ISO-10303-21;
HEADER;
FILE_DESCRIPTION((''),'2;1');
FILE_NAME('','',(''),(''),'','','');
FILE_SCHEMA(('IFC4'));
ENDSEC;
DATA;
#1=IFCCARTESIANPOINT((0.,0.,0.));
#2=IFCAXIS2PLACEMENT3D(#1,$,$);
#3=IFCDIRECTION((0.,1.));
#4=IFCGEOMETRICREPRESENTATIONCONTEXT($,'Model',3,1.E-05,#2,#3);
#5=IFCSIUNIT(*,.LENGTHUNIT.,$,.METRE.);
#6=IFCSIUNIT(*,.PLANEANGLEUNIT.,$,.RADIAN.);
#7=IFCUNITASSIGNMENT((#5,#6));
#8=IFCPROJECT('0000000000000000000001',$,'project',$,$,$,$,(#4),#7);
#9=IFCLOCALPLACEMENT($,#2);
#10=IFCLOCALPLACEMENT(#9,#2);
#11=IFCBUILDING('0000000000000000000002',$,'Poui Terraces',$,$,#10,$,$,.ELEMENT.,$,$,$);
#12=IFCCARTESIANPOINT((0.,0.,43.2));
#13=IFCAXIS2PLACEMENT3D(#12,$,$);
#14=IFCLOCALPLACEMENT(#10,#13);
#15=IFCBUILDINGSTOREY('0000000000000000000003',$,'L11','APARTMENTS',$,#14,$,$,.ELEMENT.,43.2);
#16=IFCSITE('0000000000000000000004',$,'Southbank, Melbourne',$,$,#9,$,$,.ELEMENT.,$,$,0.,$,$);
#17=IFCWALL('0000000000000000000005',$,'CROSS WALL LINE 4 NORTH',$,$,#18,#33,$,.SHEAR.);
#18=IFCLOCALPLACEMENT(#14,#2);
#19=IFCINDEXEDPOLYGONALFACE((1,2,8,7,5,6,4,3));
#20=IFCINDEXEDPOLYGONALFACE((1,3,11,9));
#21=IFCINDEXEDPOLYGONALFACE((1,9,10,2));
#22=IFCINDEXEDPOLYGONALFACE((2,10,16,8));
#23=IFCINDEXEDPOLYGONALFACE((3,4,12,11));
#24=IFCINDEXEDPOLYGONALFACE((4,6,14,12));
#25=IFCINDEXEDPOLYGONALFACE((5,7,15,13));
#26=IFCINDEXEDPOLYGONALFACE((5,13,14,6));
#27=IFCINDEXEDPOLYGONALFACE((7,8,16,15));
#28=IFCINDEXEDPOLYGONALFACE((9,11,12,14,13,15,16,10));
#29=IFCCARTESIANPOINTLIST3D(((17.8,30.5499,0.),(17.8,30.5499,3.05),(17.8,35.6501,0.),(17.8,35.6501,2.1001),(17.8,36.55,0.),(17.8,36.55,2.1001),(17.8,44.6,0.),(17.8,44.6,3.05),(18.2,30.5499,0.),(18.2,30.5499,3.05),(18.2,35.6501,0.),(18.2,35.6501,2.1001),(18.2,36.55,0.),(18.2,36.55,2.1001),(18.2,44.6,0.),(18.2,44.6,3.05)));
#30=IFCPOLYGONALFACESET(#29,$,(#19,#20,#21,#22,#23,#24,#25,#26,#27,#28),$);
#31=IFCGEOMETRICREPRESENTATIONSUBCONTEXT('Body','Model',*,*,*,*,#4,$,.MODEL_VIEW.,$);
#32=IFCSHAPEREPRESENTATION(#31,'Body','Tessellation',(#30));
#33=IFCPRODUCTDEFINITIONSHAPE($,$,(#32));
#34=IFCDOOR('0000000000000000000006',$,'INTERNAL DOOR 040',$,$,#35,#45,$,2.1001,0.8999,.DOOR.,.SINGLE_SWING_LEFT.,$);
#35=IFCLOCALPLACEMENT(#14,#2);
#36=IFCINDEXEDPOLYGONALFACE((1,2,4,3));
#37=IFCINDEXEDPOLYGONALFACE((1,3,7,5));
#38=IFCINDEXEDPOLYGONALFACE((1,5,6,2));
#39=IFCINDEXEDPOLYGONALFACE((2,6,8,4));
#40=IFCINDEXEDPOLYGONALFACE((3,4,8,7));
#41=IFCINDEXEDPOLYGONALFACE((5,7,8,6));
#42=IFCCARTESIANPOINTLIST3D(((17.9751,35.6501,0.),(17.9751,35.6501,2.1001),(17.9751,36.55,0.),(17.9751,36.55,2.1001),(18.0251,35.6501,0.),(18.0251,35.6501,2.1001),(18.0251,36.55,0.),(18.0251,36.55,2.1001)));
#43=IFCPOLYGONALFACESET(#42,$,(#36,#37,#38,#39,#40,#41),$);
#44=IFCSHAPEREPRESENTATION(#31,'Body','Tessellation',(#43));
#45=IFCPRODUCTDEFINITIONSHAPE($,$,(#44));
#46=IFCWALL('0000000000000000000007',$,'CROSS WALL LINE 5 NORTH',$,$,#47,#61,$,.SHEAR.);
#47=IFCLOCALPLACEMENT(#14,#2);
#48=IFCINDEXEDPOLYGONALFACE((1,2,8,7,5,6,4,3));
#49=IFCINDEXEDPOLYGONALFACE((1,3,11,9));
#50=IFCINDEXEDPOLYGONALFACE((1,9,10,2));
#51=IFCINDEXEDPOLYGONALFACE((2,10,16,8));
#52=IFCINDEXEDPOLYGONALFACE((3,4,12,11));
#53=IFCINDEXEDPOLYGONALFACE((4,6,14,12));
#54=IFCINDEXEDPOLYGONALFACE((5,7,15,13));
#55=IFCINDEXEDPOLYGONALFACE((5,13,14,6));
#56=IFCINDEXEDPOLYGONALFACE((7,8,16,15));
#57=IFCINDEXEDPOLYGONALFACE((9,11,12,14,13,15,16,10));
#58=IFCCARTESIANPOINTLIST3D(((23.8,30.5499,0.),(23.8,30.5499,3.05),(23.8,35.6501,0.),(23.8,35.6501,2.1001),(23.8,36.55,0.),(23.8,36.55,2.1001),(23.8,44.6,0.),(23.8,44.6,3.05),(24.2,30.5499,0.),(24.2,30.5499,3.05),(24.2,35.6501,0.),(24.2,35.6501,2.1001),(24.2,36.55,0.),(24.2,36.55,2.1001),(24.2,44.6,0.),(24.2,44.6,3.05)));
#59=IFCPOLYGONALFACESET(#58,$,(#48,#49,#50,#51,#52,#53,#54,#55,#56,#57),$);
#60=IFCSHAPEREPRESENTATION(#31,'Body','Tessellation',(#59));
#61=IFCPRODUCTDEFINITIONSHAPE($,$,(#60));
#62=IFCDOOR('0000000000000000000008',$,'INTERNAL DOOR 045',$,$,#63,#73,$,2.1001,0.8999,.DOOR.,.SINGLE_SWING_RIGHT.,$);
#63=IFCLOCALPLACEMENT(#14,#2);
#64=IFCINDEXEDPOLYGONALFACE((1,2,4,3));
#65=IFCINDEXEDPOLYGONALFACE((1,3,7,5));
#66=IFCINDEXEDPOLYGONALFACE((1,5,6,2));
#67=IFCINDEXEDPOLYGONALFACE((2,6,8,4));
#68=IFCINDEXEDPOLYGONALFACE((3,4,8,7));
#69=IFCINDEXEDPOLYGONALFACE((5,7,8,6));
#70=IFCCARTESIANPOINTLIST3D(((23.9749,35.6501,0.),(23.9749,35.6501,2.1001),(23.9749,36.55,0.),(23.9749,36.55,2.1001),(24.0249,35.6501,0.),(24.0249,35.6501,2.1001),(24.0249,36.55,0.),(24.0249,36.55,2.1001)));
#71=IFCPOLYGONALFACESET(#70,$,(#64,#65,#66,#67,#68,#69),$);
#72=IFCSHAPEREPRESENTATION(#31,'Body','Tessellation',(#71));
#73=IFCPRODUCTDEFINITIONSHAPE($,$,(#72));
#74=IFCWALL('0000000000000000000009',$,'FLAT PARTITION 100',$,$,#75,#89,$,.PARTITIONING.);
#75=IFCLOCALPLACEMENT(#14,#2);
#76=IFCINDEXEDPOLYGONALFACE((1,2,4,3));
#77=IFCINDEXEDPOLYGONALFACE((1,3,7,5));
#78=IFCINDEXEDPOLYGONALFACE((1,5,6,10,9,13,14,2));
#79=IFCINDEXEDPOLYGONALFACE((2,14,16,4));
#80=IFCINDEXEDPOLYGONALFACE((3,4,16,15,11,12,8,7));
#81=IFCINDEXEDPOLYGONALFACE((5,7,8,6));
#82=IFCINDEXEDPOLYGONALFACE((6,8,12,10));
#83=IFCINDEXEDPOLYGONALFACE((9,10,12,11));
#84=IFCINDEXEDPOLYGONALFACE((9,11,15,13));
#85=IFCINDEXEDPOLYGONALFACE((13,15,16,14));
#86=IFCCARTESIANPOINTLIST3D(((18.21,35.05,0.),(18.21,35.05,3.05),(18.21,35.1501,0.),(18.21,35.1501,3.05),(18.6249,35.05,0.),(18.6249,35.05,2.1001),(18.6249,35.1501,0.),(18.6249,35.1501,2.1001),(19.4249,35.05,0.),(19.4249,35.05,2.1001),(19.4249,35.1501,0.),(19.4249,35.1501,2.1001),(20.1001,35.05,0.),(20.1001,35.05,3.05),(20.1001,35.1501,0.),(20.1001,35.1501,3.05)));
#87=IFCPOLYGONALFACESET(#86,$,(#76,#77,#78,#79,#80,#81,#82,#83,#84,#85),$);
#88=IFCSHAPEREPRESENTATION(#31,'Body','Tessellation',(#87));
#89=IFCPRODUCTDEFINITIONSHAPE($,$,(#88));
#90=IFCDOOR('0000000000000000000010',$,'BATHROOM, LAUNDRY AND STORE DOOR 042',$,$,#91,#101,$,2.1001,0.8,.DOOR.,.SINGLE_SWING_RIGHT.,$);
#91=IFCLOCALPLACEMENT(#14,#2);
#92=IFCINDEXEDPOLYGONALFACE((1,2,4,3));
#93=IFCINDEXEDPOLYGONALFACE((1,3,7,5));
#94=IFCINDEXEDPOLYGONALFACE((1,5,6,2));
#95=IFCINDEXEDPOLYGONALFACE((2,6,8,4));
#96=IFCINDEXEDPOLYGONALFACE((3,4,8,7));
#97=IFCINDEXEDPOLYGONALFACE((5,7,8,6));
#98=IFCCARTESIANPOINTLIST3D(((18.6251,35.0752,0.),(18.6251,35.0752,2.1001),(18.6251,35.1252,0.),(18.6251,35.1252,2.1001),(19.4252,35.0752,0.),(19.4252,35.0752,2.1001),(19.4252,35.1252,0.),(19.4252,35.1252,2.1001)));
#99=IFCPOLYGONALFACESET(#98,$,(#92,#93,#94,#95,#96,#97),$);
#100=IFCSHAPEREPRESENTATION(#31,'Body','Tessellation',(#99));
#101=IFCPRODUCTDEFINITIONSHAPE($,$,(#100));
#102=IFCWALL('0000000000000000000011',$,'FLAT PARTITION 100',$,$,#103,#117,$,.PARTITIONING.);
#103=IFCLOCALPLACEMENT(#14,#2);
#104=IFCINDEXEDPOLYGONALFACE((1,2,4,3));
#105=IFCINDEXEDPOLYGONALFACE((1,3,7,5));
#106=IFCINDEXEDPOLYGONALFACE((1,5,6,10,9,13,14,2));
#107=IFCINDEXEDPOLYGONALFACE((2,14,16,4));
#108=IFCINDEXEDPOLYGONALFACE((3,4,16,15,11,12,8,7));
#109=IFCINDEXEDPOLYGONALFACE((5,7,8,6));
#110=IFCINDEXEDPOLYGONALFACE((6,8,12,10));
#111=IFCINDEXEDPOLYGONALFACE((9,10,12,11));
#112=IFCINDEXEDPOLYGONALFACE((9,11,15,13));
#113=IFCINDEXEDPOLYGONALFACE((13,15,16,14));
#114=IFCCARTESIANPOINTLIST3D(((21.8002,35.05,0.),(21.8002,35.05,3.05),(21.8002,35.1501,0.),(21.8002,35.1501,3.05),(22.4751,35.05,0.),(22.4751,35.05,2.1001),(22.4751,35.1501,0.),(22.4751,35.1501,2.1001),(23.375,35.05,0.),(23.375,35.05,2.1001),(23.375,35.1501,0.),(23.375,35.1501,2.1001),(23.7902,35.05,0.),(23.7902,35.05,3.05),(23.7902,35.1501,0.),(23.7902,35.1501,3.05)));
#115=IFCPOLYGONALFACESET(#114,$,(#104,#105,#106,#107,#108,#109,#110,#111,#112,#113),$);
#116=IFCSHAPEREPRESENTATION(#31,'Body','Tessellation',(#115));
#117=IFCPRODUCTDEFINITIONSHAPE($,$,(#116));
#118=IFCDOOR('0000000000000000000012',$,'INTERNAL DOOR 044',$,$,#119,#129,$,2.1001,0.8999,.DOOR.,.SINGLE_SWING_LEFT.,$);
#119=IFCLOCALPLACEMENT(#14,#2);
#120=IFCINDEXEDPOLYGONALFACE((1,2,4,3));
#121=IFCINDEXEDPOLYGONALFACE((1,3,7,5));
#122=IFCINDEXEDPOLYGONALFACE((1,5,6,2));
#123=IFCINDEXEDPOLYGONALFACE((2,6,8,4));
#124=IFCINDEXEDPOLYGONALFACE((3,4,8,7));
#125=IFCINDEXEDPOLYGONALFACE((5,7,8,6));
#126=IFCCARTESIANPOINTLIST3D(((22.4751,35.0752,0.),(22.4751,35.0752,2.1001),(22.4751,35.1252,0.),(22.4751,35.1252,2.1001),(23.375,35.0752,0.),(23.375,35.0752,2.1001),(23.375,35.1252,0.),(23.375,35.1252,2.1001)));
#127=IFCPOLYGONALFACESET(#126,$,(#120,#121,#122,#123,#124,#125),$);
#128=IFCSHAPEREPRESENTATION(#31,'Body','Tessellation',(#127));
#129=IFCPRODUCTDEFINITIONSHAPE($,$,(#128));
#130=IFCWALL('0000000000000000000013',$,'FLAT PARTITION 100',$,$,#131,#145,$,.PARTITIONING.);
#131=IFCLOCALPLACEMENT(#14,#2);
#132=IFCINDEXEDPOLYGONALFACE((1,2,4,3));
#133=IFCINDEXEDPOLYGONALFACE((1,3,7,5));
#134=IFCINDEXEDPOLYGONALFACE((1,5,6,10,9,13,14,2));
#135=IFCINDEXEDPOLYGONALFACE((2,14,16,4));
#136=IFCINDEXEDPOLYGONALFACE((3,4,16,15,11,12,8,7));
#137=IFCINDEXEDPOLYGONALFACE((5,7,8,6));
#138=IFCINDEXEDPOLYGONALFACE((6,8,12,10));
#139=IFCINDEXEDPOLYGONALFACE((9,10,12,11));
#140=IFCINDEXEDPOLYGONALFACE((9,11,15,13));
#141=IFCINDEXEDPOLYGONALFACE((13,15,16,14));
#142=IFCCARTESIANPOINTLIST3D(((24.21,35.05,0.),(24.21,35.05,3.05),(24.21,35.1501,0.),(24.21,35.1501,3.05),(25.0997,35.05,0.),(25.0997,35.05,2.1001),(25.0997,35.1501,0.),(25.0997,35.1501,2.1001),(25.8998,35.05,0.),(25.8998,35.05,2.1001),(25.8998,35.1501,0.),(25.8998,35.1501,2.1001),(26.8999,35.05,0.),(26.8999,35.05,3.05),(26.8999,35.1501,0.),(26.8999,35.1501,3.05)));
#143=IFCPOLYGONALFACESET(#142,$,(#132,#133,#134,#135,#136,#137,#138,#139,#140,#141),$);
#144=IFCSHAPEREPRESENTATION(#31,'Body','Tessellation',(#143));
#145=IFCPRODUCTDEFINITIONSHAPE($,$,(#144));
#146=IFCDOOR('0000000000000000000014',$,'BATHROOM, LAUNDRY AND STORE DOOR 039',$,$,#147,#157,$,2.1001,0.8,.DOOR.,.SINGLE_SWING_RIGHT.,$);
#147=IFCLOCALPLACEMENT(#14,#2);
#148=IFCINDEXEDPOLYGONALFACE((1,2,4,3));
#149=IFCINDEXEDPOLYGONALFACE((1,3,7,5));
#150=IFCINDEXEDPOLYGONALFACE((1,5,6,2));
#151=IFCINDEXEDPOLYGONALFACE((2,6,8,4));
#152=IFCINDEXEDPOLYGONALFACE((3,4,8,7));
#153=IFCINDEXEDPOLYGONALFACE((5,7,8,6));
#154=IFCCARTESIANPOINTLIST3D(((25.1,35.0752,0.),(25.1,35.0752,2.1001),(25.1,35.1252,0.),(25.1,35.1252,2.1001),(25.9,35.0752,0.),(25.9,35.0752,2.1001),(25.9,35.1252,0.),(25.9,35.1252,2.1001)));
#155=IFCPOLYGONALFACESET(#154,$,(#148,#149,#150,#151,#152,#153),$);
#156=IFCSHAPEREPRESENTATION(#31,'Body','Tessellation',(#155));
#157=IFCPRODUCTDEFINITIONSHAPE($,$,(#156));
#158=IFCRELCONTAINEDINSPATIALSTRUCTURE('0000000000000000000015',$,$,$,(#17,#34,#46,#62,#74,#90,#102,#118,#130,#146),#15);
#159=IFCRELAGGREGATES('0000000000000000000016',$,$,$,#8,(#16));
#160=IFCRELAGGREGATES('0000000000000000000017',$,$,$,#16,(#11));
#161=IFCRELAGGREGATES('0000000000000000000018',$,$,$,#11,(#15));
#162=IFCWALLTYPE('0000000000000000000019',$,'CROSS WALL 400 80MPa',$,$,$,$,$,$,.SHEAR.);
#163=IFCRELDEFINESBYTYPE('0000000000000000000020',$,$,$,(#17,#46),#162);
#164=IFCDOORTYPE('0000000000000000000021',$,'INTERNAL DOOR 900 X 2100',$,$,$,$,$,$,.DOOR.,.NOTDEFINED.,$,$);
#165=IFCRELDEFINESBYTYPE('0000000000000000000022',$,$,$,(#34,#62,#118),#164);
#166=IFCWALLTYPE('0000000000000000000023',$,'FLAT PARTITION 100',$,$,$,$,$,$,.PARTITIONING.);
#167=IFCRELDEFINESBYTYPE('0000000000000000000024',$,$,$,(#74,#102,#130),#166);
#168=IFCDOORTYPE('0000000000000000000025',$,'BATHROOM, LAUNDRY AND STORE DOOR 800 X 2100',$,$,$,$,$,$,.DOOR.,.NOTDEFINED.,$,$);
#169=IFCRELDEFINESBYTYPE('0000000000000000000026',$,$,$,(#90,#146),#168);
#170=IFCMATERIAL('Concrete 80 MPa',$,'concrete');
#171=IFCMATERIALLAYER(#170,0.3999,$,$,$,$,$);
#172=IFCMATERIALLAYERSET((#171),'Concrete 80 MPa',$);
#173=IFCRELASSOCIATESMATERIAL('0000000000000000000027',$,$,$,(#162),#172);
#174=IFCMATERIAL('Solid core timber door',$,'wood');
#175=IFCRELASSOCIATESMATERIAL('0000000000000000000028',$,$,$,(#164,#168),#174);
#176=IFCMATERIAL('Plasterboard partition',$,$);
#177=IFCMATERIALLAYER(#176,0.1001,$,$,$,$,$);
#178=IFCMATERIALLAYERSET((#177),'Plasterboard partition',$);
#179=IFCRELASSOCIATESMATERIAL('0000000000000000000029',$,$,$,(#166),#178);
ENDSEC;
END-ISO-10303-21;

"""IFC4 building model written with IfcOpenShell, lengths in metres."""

from ifc_helpers import new_model, si_unit, direction, frame, frame_2d, origin, place, context, subcontext, project, spatial, rectangle, extrude, material, layer, layer_set, type_object, element, fill, save


model = new_model("IFC4")

# Units and contexts
model_context = context("Model", 3, precision=1e-05, world=origin(), true_north=direction((0.0, 1.0)))
body_context = subcontext(model_context, "Body", "Model", "MODEL_VIEW")
ifc_project = project(units=[si_unit("LENGTHUNIT", "METRE"), si_unit("PLANEANGLEUNIT", "RADIAN")], contexts=[model_context])

# Site, building, storey
site_placement = place(None, origin())
site = spatial("IfcSite", under=ifc_project, at=site_placement, Name="Southbank, Melbourne", CompositionType="ELEMENT", RefElevation=0.0)
building_placement = place(site_placement, origin())
building = spatial("IfcBuilding", under=site, at=building_placement, Name="Poui Terraces", CompositionType="ELEMENT")
storey_placement = place(building_placement, frame((0.0, 0.0, 43.2)))
storey = spatial("IfcBuildingStorey", under=building, at=storey_placement, Name="L11", Description="APARTMENTS", CompositionType="ELEMENT", Elevation=43.2)

# Walls, openings, doors
ifc_material_1 = material(Name="Concrete 80 MPa", Category="concrete")
ifc_layer_1 = layer(ifc_material_1, 0.3999)
ifc_layer_set_1 = layer_set([ifc_layer_1], Name="Concrete 80 MPa")
wall_type_1 = type_object("IfcWallType", Name="CROSS WALL 400 80MPa", PredefinedType="SHEAR", material=ifc_layer_set_1)
wall_1_placement = place(storey_placement, frame((18.0, 30.55, 0.0), z_axis=(0.0, 0.0, 1.0), x_axis=(0.0, 1.0, 0.0)))
wall_1 = element("IfcWall", 1, at=wall_1_placement, inside=storey, type_object=wall_type_1, Name="CROSS WALL LINE 4 NORTH", PredefinedType="SHEAR", context=body_context, shape_type="SweptSolid", body=[
    extrude(rectangle(XDim=14.05, YDim=0.3999, at=frame_2d((7.0249, 0.0))), origin(), (0.0, 0.0, 1.0), 3.05),
])
opening_1_placement = place(wall_1_placement, frame((5.1001, 0.0, 0.0)))
opening_1 = element("IfcOpeningElement", 2, at=opening_1_placement, cuts=wall_1, PredefinedType="OPENING", context=body_context, shape_type="SweptSolid", body=[
    extrude(rectangle(XDim=0.8999, YDim=2.1001, at=frame_2d((0.45, 1.05))), frame((0.0, 0.21, 0.0), z_axis=(0.0, -1.0, 0.0), x_axis=(1.0, 0.0, 0.0)), (0.0, 0.0, 1.0), 0.4199),
])
ifc_material_2 = material(Name="Solid core timber door", Category="wood")
door_type_1 = type_object("IfcDoorType", Name="INTERNAL DOOR 900 X 2100", OperationType="NOTDEFINED", PredefinedType="DOOR", material=ifc_material_2)
door_1_placement = place(opening_1_placement, origin())
door_1 = element("IfcDoor", 3, at=door_1_placement, inside=storey, type_object=door_type_1, Name="INTERNAL DOOR 040", OperationType="SINGLE_SWING_LEFT", OverallHeight=2.1001, OverallWidth=0.8999, PredefinedType="DOOR", context=body_context, shape_type="SweptSolid", body=[
    extrude(rectangle(XDim=0.8999, YDim=2.1001, at=frame_2d((0.45, 1.05))), frame((0.0, 0.0249, 0.0), z_axis=(0.0, -1.0, 0.0), x_axis=(1.0, 0.0, 0.0)), (0.0, 0.0, 1.0), 0.05),
])
fill(opening_1, door_1)
wall_2_placement = place(storey_placement, frame((24.0, 30.55, 0.0), z_axis=(0.0, 0.0, 1.0), x_axis=(0.0, 1.0, 0.0)))
wall_2 = element("IfcWall", 4, at=wall_2_placement, inside=storey, type_object=wall_type_1, Name="CROSS WALL LINE 5 NORTH", PredefinedType="SHEAR", context=body_context, shape_type="SweptSolid", body=[
    extrude(rectangle(XDim=14.05, YDim=0.3999, at=frame_2d((7.0249, 0.0))), origin(), (0.0, 0.0, 1.0), 3.05),
])
opening_2_placement = place(wall_2_placement, frame((5.1001, 0.0, 0.0)))
opening_2 = element("IfcOpeningElement", 5, at=opening_2_placement, cuts=wall_2, PredefinedType="OPENING", context=body_context, shape_type="SweptSolid", body=[
    extrude(rectangle(XDim=0.8999, YDim=2.1001, at=frame_2d((0.45, 1.05))), frame((0.0, 0.21, 0.0), z_axis=(0.0, -1.0, 0.0), x_axis=(1.0, 0.0, 0.0)), (0.0, 0.0, 1.0), 0.4199),
])
door_2_placement = place(opening_2_placement, frame((0.8999, 0.0, 0.0), z_axis=(0.0, 0.0, 1.0), x_axis=(-1.0, 0.0, 0.0)))
door_2 = element("IfcDoor", 6, at=door_2_placement, inside=storey, type_object=door_type_1, Name="INTERNAL DOOR 045", OperationType="SINGLE_SWING_RIGHT", OverallHeight=2.1001, OverallWidth=0.8999, PredefinedType="DOOR", context=body_context, shape_type="SweptSolid", body=[
    extrude(rectangle(XDim=0.8999, YDim=2.1001, at=frame_2d((0.45, 1.05))), frame((0.0, 0.0249, 0.0), z_axis=(0.0, -1.0, 0.0), x_axis=(1.0, 0.0, 0.0)), (0.0, 0.0, 1.0), 0.05),
])
fill(opening_2, door_2)
ifc_material_3 = material(Name="Plasterboard partition")
ifc_layer_2 = layer(ifc_material_3, 0.1001)
ifc_layer_set_2 = layer_set([ifc_layer_2], Name="Plasterboard partition")
wall_type_2 = type_object("IfcWallType", Name="FLAT PARTITION 100", PredefinedType="PARTITIONING", material=ifc_layer_set_2)
wall_3_placement = place(storey_placement, frame((18.21, 35.1001, 0.0), z_axis=(0.0, 0.0, 1.0), x_axis=(1.0, 0.0, 0.0)))
wall_3 = element("IfcWall", 7, at=wall_3_placement, inside=storey, type_object=wall_type_2, Name="FLAT PARTITION 100", PredefinedType="PARTITIONING", context=body_context, shape_type="SweptSolid", body=[
    extrude(rectangle(XDim=1.8901, YDim=0.1001, at=frame_2d((0.9451, 0.0))), origin(), (0.0, 0.0, 1.0), 3.05),
])
opening_3_placement = place(wall_3_placement, frame((0.415, 0.0, 0.0)))
opening_3 = element("IfcOpeningElement", 8, at=opening_3_placement, cuts=wall_3, PredefinedType="OPENING", context=body_context, shape_type="SweptSolid", body=[
    extrude(rectangle(XDim=0.8, YDim=2.1001, at=frame_2d((0.3999, 1.05))), frame((0.0, 0.0601, 0.0), z_axis=(0.0, -1.0, 0.0), x_axis=(1.0, 0.0, 0.0)), (0.0, 0.0, 1.0), 0.1201),
])
door_type_2 = type_object("IfcDoorType", Name="BATHROOM, LAUNDRY AND STORE DOOR 800 X 2100", OperationType="NOTDEFINED", PredefinedType="DOOR", material=ifc_material_2)
door_3_placement = place(opening_3_placement, frame((0.8, 0.0, 0.0), z_axis=(0.0, 0.0, 1.0), x_axis=(-1.0, 0.0, 0.0)))
door_3 = element("IfcDoor", 9, at=door_3_placement, inside=storey, type_object=door_type_2, Name="BATHROOM, LAUNDRY AND STORE DOOR 042", OperationType="SINGLE_SWING_RIGHT", OverallHeight=2.1001, OverallWidth=0.8, PredefinedType="DOOR", context=body_context, shape_type="SweptSolid", body=[
    extrude(rectangle(XDim=0.8, YDim=2.1001, at=frame_2d((0.3999, 1.05))), frame((0.0, 0.0249, 0.0), z_axis=(0.0, -1.0, 0.0), x_axis=(1.0, 0.0, 0.0)), (0.0, 0.0, 1.0), 0.05),
])
fill(opening_3, door_3)
wall_4_placement = place(storey_placement, frame((21.8, 35.1001, 0.0), z_axis=(0.0, 0.0, 1.0), x_axis=(1.0, 0.0, 0.0)))
wall_4 = element("IfcWall", 10, at=wall_4_placement, inside=storey, type_object=wall_type_2, Name="FLAT PARTITION 100", PredefinedType="PARTITIONING", context=body_context, shape_type="SweptSolid", body=[
    extrude(rectangle(XDim=1.99, YDim=0.1001, at=frame_2d((0.9951, 0.0))), origin(), (0.0, 0.0, 1.0), 3.05),
])
opening_4_placement = place(wall_4_placement, frame((0.675, 0.0, 0.0)))
opening_4 = element("IfcOpeningElement", 11, at=opening_4_placement, cuts=wall_4, PredefinedType="OPENING", context=body_context, shape_type="SweptSolid", body=[
    extrude(rectangle(XDim=0.8999, YDim=2.1001, at=frame_2d((0.45, 1.05))), frame((0.0, 0.0601, 0.0), z_axis=(0.0, -1.0, 0.0), x_axis=(1.0, 0.0, 0.0)), (0.0, 0.0, 1.0), 0.1201),
])
door_4_placement = place(opening_4_placement, frame((0.8999, 0.0, 0.0), z_axis=(0.0, 0.0, 1.0), x_axis=(-1.0, 0.0, 0.0)))
door_4 = element("IfcDoor", 12, at=door_4_placement, inside=storey, type_object=door_type_1, Name="INTERNAL DOOR 044", OperationType="SINGLE_SWING_LEFT", OverallHeight=2.1001, OverallWidth=0.8999, PredefinedType="DOOR", context=body_context, shape_type="SweptSolid", body=[
    extrude(rectangle(XDim=0.8999, YDim=2.1001, at=frame_2d((0.45, 1.05))), frame((0.0, 0.0249, 0.0), z_axis=(0.0, -1.0, 0.0), x_axis=(1.0, 0.0, 0.0)), (0.0, 0.0, 1.0), 0.05),
])
fill(opening_4, door_4)
wall_5_placement = place(storey_placement, frame((24.21, 35.1001, 0.0), z_axis=(0.0, 0.0, 1.0), x_axis=(1.0, 0.0, 0.0)))
wall_5 = element("IfcWall", 13, at=wall_5_placement, inside=storey, type_object=wall_type_2, Name="FLAT PARTITION 100", PredefinedType="PARTITIONING", context=body_context, shape_type="SweptSolid", body=[
    extrude(rectangle(XDim=2.6899, YDim=0.1001, at=frame_2d((1.345, 0.0))), origin(), (0.0, 0.0, 1.0), 3.05),
])
opening_5_placement = place(wall_5_placement, frame((0.8899, 0.0, 0.0)))
opening_5 = element("IfcOpeningElement", 14, at=opening_5_placement, cuts=wall_5, PredefinedType="OPENING", context=body_context, shape_type="SweptSolid", body=[
    extrude(rectangle(XDim=0.8, YDim=2.1001, at=frame_2d((0.3999, 1.05))), frame((0.0, 0.0601, 0.0), z_axis=(0.0, -1.0, 0.0), x_axis=(1.0, 0.0, 0.0)), (0.0, 0.0, 1.0), 0.1201),
])
door_5_placement = place(opening_5_placement, frame((0.8, 0.0, 0.0), z_axis=(0.0, 0.0, 1.0), x_axis=(-1.0, 0.0, 0.0)))
door_5 = element("IfcDoor", 15, at=door_5_placement, inside=storey, type_object=door_type_2, Name="BATHROOM, LAUNDRY AND STORE DOOR 039", OperationType="SINGLE_SWING_RIGHT", OverallHeight=2.1001, OverallWidth=0.8, PredefinedType="DOOR", context=body_context, shape_type="SweptSolid", body=[
    extrude(rectangle(XDim=0.8, YDim=2.1001, at=frame_2d((0.3999, 1.05))), frame((0.0, 0.0249, 0.0), z_axis=(0.0, -1.0, 0.0), x_axis=(1.0, 0.0, 0.0)), (0.0, 0.0, 1.0), 0.05),
])
fill(opening_5, door_5)

save(model, "model.ifc")
